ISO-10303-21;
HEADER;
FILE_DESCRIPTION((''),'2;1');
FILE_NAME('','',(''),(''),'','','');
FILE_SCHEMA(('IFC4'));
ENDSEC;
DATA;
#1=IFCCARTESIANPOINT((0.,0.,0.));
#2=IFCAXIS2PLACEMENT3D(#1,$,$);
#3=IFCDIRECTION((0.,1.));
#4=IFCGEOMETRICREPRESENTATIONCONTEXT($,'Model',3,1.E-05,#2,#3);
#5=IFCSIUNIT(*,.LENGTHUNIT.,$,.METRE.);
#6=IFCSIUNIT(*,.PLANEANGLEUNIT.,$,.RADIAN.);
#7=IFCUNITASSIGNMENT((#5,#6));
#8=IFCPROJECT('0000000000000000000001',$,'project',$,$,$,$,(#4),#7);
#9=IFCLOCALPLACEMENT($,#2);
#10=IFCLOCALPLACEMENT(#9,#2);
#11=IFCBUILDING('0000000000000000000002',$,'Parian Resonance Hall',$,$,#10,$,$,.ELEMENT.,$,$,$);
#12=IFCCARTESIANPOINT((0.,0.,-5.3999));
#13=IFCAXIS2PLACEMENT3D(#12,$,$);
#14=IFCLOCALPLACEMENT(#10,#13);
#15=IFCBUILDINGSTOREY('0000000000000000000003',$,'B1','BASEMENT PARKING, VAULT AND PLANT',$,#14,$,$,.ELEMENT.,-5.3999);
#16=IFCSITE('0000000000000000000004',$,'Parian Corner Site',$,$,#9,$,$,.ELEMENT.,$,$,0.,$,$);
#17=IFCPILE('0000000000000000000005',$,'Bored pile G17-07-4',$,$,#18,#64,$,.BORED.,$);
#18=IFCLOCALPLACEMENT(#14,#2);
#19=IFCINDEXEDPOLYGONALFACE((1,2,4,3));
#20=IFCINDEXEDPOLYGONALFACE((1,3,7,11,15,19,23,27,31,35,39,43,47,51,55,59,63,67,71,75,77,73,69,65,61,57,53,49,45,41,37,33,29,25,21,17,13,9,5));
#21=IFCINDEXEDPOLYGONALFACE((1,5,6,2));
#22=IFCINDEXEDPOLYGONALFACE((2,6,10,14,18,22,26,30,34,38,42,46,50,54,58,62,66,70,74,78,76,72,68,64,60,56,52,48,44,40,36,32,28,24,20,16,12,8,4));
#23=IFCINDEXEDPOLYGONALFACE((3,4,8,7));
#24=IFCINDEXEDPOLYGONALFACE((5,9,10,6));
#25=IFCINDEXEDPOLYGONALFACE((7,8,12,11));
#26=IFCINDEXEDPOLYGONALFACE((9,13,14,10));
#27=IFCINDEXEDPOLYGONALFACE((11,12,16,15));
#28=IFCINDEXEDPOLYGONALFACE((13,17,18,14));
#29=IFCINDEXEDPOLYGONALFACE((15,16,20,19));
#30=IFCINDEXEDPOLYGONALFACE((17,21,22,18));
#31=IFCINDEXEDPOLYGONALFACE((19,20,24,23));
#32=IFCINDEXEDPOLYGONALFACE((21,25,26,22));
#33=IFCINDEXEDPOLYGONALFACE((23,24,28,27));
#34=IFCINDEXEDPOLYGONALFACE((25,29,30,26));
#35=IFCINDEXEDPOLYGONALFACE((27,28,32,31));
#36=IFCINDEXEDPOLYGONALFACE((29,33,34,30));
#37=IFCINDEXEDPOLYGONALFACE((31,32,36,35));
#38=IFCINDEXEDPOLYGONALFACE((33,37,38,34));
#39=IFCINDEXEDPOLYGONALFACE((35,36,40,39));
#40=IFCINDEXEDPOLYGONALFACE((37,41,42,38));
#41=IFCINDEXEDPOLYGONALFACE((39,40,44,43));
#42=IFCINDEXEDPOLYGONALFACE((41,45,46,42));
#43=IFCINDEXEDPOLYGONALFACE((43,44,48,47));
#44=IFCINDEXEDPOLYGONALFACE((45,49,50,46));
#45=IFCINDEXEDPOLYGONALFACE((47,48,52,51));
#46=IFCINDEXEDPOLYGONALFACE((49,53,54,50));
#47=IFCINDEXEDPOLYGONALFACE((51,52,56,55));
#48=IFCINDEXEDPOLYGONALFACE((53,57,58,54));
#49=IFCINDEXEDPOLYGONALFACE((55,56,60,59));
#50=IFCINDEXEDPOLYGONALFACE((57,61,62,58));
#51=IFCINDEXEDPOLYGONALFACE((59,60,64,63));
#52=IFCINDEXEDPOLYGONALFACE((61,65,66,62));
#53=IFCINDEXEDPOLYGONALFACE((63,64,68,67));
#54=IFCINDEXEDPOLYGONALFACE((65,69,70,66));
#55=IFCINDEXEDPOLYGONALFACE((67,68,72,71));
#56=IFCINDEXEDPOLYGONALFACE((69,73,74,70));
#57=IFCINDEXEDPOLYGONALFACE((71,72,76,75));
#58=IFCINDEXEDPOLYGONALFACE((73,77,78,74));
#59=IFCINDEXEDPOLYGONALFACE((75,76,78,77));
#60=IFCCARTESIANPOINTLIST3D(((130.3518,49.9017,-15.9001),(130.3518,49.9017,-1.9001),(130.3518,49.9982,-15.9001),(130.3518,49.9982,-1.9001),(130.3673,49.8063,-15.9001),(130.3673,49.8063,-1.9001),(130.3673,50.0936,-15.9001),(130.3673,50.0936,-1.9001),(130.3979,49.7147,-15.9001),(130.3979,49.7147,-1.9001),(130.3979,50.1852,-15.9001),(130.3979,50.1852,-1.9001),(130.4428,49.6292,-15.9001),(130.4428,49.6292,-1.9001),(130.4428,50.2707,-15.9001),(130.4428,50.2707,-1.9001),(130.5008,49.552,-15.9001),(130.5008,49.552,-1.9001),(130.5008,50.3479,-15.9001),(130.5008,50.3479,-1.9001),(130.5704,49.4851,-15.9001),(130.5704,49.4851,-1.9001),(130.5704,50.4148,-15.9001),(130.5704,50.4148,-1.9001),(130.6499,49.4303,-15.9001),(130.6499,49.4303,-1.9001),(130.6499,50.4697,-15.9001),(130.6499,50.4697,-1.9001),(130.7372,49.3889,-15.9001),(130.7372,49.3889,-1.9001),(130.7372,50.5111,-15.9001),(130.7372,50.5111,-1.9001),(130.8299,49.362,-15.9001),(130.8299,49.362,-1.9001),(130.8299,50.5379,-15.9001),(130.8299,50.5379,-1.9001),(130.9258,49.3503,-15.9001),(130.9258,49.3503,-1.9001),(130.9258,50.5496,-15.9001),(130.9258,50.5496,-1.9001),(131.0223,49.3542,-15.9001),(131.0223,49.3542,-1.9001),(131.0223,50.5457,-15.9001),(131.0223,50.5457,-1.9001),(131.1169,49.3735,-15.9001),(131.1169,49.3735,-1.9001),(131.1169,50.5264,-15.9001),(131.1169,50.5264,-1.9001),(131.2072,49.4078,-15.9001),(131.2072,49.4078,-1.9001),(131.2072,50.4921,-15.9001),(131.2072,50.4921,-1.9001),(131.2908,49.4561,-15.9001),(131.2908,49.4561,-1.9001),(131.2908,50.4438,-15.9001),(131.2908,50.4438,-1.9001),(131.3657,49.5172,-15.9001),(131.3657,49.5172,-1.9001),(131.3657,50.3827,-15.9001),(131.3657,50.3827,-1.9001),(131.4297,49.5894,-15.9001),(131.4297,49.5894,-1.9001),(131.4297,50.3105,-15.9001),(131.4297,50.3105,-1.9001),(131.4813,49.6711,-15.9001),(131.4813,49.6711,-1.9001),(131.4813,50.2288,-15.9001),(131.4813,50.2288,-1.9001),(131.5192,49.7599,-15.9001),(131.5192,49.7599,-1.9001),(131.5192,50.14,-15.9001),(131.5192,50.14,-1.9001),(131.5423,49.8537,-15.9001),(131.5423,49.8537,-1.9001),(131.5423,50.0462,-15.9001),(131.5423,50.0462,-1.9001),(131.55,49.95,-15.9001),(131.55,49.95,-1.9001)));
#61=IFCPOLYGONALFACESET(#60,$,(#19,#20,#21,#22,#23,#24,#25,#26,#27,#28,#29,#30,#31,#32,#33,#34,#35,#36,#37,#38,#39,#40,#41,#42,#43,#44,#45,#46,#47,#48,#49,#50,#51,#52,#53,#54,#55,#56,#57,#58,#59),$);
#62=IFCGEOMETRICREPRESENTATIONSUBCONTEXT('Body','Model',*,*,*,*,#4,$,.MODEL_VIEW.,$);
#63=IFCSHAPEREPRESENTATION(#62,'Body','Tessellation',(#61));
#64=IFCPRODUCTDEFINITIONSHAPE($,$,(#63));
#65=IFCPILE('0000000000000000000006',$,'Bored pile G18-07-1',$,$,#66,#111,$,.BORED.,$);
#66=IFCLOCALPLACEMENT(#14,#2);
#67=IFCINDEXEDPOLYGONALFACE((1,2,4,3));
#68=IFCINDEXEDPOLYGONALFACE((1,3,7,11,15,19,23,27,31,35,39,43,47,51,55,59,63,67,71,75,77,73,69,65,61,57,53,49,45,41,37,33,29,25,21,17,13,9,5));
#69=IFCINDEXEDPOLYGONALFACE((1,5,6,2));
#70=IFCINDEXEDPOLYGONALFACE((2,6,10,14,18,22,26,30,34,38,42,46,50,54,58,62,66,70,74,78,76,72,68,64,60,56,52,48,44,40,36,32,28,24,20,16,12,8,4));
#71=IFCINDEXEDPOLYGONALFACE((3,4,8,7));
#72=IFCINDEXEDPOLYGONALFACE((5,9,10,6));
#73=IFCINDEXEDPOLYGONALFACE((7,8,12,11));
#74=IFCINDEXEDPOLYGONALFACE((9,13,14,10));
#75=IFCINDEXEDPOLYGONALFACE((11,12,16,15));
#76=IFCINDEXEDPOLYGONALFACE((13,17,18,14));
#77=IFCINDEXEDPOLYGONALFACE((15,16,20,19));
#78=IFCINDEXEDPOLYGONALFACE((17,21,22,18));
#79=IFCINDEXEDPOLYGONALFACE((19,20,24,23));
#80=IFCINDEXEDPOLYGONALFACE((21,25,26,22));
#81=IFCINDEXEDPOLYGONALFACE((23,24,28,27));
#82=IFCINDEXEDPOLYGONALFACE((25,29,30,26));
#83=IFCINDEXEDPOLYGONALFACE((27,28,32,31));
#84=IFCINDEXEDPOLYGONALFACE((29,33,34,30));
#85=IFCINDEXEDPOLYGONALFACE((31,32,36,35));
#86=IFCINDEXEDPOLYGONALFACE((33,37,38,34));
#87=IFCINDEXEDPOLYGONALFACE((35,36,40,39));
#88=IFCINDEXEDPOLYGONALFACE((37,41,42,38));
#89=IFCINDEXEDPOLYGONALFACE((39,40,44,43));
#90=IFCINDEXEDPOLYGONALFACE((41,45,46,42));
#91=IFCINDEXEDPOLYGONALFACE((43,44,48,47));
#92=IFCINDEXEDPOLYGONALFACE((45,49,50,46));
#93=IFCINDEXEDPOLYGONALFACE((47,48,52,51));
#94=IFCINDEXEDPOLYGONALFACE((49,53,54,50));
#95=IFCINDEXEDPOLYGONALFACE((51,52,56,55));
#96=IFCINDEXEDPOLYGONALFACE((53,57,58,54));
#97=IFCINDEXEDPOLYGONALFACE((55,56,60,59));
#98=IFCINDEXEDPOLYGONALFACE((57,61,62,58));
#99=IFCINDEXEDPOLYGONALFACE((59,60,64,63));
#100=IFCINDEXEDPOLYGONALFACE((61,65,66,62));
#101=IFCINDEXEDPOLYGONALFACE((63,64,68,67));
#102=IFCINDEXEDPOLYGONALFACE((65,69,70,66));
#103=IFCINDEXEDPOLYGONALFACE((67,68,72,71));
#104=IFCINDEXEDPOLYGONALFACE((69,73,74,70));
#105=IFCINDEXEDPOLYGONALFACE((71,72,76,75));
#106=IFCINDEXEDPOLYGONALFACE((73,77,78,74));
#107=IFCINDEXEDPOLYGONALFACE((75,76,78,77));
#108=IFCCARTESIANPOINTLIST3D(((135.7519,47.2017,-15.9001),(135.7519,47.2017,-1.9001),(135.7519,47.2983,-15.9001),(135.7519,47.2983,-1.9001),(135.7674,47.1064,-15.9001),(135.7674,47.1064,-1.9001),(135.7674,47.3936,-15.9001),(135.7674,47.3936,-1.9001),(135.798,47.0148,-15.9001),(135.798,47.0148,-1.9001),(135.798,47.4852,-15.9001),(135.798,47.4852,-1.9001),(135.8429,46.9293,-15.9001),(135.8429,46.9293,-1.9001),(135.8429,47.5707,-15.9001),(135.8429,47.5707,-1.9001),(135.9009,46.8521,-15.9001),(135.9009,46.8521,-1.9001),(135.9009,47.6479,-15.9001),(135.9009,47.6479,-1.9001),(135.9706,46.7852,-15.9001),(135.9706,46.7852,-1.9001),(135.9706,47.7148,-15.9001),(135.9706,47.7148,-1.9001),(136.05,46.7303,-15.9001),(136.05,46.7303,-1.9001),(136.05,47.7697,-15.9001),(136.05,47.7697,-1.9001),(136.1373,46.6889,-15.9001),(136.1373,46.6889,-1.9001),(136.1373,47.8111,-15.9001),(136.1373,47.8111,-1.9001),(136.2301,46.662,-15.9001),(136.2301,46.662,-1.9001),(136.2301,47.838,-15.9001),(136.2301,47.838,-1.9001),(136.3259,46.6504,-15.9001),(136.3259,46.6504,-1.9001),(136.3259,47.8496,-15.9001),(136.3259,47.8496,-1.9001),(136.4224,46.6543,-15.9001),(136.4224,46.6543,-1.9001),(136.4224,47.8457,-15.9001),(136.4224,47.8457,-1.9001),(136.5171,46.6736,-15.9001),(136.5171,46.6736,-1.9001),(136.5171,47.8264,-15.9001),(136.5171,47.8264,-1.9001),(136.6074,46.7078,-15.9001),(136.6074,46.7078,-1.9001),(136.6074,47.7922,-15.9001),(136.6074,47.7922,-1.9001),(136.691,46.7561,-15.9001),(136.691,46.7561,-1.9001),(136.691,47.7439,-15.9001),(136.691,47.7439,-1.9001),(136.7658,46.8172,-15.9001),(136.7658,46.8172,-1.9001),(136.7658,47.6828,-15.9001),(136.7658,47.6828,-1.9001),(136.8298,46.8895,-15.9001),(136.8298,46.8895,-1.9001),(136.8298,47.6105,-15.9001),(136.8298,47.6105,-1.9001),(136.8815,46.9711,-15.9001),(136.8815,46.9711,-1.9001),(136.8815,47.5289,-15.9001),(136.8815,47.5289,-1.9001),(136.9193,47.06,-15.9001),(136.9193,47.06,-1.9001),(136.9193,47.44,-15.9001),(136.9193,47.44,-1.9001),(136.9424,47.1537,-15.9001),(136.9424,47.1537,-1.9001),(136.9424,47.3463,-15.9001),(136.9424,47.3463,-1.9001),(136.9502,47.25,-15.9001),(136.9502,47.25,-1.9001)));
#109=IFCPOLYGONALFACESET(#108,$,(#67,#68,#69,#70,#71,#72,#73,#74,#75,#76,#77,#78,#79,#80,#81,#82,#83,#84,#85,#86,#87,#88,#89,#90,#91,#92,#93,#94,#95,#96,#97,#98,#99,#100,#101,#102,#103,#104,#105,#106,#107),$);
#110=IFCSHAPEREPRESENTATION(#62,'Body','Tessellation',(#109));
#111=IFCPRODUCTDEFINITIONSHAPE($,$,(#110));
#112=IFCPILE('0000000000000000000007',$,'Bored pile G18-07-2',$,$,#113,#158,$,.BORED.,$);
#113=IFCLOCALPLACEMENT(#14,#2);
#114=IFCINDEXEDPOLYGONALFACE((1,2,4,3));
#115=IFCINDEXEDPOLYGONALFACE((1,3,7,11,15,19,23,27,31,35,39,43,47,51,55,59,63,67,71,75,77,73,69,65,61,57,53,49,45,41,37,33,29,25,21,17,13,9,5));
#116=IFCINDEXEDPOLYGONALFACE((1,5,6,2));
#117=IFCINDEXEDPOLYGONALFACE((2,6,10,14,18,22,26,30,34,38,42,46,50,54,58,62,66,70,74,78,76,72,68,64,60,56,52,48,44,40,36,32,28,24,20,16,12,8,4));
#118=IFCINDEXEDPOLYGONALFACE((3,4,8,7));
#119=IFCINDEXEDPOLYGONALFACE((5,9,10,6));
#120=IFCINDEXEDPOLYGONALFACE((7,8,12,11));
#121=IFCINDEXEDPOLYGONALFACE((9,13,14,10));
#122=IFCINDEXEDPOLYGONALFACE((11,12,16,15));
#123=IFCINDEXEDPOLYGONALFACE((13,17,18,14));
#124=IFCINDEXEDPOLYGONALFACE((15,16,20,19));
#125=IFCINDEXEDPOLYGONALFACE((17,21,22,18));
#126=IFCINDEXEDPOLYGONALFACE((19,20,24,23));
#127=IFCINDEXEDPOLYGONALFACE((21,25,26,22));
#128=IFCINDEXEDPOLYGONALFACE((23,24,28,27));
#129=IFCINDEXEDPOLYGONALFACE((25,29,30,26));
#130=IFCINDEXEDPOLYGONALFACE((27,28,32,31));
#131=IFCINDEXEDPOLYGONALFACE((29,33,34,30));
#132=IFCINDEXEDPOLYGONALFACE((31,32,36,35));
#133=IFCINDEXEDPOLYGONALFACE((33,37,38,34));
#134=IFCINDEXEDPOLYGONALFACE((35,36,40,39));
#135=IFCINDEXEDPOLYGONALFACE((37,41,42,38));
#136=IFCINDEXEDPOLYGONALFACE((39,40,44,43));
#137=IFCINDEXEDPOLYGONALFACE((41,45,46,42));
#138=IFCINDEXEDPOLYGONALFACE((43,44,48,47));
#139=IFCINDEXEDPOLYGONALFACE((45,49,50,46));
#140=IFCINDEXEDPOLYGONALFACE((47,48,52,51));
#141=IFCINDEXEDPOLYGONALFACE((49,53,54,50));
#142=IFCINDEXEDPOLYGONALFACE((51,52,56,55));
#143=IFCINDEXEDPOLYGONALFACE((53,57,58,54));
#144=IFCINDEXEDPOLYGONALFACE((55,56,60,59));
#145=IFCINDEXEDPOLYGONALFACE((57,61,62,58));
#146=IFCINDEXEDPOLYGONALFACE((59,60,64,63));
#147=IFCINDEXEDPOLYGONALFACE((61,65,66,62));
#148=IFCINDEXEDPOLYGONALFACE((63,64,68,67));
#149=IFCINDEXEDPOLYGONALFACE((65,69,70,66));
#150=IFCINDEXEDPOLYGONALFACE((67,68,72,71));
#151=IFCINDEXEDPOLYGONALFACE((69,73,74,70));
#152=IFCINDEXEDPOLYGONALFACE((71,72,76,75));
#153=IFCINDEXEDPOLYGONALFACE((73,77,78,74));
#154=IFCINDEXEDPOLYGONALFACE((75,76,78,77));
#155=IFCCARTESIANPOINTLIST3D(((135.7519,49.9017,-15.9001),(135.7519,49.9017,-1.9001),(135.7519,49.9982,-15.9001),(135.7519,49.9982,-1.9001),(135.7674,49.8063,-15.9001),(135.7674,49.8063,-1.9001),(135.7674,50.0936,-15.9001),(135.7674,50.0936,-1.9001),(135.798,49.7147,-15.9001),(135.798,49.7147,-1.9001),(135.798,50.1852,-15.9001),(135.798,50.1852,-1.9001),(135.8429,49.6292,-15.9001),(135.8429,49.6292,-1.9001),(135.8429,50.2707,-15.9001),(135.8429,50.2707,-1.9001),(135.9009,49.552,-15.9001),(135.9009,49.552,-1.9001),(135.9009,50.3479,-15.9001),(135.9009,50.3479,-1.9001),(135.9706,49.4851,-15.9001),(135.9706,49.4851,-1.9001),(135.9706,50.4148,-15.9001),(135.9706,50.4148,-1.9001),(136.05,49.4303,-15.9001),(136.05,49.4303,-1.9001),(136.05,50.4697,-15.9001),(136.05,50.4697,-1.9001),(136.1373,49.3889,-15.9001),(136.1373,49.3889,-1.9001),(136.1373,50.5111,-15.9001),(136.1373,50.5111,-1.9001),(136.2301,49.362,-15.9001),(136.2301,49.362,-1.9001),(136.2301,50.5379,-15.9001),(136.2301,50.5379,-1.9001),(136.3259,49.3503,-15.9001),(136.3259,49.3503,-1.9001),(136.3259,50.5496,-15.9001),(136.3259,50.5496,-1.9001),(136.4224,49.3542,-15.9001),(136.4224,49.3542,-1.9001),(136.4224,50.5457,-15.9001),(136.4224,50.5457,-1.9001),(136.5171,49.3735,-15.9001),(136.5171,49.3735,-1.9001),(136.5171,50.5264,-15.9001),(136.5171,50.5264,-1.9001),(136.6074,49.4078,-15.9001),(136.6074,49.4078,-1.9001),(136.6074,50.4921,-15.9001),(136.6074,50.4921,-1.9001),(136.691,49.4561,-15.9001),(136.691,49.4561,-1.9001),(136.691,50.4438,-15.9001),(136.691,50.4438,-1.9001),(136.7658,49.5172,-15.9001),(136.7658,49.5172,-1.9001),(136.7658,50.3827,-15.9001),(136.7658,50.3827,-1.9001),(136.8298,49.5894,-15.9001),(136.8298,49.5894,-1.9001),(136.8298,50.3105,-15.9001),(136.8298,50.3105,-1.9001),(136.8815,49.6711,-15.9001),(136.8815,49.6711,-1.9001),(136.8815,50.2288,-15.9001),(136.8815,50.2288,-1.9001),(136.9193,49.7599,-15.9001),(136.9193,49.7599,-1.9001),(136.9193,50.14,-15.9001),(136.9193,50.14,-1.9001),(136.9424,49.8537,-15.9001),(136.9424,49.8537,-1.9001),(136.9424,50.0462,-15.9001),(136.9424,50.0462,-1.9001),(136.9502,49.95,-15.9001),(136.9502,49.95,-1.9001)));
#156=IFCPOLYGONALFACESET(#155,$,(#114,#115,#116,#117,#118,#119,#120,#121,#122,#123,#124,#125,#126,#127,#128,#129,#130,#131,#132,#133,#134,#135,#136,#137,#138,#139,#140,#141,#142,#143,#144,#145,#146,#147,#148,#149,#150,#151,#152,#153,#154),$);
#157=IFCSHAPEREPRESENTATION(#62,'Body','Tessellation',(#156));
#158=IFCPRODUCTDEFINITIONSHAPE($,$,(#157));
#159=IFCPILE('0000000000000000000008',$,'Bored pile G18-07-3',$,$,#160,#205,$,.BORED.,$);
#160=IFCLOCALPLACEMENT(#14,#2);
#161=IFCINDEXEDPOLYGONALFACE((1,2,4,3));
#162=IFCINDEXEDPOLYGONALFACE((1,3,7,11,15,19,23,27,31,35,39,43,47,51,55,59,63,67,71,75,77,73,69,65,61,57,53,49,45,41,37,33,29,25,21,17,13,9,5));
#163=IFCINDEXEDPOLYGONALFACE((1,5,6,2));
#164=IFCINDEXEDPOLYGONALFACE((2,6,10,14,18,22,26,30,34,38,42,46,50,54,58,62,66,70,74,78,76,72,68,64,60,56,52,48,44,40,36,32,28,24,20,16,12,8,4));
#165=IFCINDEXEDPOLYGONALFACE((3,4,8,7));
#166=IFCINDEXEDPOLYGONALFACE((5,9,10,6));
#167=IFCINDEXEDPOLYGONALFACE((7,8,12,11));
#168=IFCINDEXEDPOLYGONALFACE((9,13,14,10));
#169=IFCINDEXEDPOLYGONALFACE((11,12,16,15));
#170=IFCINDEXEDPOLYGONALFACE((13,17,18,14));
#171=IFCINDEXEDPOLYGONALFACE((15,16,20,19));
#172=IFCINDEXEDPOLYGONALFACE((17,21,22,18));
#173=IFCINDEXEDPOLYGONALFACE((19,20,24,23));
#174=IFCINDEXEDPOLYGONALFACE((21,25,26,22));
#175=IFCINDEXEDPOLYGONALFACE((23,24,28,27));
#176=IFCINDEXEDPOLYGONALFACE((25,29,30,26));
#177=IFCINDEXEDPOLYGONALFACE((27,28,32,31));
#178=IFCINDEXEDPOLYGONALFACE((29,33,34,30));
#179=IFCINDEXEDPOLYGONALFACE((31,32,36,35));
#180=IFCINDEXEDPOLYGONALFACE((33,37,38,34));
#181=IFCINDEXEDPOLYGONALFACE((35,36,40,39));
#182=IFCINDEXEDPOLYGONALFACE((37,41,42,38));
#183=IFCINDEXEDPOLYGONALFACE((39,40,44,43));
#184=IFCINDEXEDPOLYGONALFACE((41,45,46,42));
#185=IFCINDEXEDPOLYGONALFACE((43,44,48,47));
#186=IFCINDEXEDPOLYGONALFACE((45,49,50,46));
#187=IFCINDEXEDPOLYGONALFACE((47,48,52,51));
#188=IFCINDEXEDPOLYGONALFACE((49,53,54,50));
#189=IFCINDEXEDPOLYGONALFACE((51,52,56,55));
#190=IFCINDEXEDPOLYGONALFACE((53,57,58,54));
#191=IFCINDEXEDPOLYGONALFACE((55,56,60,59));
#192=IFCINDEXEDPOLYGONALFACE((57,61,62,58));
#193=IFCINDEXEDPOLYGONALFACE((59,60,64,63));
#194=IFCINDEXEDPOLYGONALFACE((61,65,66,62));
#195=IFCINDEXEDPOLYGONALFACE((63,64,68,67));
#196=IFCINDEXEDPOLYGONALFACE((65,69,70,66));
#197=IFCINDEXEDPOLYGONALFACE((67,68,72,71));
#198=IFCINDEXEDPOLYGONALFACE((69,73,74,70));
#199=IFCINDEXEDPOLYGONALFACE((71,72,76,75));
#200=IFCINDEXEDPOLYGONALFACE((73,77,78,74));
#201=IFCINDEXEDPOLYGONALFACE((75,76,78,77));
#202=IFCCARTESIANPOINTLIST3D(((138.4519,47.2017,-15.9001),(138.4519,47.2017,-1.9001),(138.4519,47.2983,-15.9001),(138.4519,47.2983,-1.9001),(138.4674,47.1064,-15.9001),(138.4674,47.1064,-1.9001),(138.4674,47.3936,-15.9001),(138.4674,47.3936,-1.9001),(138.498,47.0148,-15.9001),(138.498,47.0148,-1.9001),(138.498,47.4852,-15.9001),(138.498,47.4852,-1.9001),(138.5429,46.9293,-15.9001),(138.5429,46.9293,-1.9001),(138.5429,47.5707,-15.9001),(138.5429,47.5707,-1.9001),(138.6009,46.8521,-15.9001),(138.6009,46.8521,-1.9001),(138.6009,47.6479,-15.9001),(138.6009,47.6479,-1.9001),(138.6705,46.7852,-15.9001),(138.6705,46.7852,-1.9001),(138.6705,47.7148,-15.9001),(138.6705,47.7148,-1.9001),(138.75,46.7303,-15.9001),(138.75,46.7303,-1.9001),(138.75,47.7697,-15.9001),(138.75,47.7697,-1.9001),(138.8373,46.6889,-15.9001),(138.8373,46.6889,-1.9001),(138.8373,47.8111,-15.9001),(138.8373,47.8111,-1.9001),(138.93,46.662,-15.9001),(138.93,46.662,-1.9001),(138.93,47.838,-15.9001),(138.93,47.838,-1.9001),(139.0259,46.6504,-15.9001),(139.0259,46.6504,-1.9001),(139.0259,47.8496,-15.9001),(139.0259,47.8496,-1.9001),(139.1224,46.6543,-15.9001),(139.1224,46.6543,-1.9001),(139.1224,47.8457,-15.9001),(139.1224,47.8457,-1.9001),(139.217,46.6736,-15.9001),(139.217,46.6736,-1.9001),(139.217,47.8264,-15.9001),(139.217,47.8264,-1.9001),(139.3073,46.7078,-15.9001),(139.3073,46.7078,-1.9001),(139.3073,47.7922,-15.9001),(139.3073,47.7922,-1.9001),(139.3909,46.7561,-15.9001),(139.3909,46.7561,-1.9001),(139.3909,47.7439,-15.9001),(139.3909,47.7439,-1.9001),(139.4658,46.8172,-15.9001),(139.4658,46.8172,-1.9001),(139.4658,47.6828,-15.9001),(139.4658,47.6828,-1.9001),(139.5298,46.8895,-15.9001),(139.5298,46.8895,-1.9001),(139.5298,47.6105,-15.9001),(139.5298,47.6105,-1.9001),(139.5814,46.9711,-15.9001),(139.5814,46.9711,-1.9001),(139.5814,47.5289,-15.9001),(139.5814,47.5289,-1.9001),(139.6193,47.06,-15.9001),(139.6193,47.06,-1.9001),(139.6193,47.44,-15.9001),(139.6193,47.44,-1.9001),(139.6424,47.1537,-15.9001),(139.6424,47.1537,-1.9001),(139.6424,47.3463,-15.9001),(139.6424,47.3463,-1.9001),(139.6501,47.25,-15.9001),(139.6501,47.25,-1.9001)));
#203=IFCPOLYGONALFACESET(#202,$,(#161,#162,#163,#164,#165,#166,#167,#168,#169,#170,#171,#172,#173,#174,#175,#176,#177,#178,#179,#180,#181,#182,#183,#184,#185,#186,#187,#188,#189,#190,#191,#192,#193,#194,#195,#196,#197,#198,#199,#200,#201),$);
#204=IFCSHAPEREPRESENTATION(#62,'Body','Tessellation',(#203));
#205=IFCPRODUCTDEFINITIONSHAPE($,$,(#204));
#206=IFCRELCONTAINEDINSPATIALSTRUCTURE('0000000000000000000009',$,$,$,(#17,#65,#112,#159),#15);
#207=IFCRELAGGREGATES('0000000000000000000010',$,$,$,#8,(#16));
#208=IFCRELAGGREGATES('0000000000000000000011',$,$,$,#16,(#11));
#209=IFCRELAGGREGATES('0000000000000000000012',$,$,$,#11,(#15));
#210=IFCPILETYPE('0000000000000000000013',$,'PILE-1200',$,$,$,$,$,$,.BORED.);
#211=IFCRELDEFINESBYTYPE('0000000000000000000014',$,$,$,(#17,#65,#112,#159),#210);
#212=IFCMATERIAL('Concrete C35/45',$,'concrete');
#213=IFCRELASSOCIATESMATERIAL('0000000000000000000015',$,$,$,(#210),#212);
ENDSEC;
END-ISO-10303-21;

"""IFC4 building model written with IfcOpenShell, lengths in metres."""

from ifc_helpers import new_model, si_unit, direction, frame, origin, origin_2d, place, context, subcontext, project, spatial, circle, extrude, material, material_profile, profile_set, type_object, element, save


model = new_model("IFC4")

# Units and contexts
model_context = context("Model", 3, precision=1e-05, world=origin(), true_north=direction((0.0, 1.0)))
body_context = subcontext(model_context, "Body", "Model", "MODEL_VIEW")
ifc_project = project(units=[si_unit("LENGTHUNIT", "METRE"), si_unit("PLANEANGLEUNIT", "RADIAN")], contexts=[model_context])

# Site, building, storey
site_placement = place(None, origin())
site = spatial("IfcSite", under=ifc_project, at=site_placement, Name="Parian Corner Site", CompositionType="ELEMENT", RefElevation=0.0)
building_placement = place(site_placement, origin())
building = spatial("IfcBuilding", under=site, at=building_placement, Name="Parian Resonance Hall", CompositionType="ELEMENT")
storey_placement = place(building_placement, frame((0.0, 0.0, -5.3999)))
storey = spatial("IfcBuildingStorey", under=building, at=storey_placement, Name="B1", Description="BASEMENT PARKING, VAULT AND PLANT", CompositionType="ELEMENT", Elevation=-5.3999)

# Piles
ifc_material_1 = material(Name="Concrete C35/45", Category="concrete")
ifc_material_profile_1 = material_profile(ifc_material_1, circle(Radius=0.6001, at=origin_2d()), Name="PILE-D1200")
ifc_profile_set_1 = profile_set([ifc_material_profile_1], Name="Concrete C35/45")
pile_type = type_object("IfcPileType", Name="PILE-1200", PredefinedType="BORED", material=ifc_profile_set_1)
for number, where, z_axis, x_axis, name in (
    (1, (130.95, 49.95, -1.9001), (0.0, 0.0, -1.0), (1.0, 0.0, 0.0), "Bored pile G17-07-4"),
    (2, (136.3501, 47.25, -1.9001), (0.0, 0.0, -1.0), (1.0, 0.0, 0.0), "Bored pile G18-07-1"),
    (3, (136.3501, 49.95, -1.9001), (0.0, 0.0, -1.0), (1.0, 0.0, 0.0), "Bored pile G18-07-2"),
    (4, (139.05, 47.25, -1.9001), (0.0, 0.0, -1.0), (1.0, 0.0, 0.0), "Bored pile G18-07-3"),
):
    element("IfcPile", number, at=place(storey_placement, frame(where, z_axis=z_axis, x_axis=x_axis)), inside=storey, type_object=pile_type, Name=name, PredefinedType="BORED", context=body_context, shape_type="SweptSolid", body=[
        extrude(circle(Radius=0.6001, at=origin_2d()), origin(), (0.0, 0.0, 1.0), 14.0),
    ])

save(model, "model.ifc")
